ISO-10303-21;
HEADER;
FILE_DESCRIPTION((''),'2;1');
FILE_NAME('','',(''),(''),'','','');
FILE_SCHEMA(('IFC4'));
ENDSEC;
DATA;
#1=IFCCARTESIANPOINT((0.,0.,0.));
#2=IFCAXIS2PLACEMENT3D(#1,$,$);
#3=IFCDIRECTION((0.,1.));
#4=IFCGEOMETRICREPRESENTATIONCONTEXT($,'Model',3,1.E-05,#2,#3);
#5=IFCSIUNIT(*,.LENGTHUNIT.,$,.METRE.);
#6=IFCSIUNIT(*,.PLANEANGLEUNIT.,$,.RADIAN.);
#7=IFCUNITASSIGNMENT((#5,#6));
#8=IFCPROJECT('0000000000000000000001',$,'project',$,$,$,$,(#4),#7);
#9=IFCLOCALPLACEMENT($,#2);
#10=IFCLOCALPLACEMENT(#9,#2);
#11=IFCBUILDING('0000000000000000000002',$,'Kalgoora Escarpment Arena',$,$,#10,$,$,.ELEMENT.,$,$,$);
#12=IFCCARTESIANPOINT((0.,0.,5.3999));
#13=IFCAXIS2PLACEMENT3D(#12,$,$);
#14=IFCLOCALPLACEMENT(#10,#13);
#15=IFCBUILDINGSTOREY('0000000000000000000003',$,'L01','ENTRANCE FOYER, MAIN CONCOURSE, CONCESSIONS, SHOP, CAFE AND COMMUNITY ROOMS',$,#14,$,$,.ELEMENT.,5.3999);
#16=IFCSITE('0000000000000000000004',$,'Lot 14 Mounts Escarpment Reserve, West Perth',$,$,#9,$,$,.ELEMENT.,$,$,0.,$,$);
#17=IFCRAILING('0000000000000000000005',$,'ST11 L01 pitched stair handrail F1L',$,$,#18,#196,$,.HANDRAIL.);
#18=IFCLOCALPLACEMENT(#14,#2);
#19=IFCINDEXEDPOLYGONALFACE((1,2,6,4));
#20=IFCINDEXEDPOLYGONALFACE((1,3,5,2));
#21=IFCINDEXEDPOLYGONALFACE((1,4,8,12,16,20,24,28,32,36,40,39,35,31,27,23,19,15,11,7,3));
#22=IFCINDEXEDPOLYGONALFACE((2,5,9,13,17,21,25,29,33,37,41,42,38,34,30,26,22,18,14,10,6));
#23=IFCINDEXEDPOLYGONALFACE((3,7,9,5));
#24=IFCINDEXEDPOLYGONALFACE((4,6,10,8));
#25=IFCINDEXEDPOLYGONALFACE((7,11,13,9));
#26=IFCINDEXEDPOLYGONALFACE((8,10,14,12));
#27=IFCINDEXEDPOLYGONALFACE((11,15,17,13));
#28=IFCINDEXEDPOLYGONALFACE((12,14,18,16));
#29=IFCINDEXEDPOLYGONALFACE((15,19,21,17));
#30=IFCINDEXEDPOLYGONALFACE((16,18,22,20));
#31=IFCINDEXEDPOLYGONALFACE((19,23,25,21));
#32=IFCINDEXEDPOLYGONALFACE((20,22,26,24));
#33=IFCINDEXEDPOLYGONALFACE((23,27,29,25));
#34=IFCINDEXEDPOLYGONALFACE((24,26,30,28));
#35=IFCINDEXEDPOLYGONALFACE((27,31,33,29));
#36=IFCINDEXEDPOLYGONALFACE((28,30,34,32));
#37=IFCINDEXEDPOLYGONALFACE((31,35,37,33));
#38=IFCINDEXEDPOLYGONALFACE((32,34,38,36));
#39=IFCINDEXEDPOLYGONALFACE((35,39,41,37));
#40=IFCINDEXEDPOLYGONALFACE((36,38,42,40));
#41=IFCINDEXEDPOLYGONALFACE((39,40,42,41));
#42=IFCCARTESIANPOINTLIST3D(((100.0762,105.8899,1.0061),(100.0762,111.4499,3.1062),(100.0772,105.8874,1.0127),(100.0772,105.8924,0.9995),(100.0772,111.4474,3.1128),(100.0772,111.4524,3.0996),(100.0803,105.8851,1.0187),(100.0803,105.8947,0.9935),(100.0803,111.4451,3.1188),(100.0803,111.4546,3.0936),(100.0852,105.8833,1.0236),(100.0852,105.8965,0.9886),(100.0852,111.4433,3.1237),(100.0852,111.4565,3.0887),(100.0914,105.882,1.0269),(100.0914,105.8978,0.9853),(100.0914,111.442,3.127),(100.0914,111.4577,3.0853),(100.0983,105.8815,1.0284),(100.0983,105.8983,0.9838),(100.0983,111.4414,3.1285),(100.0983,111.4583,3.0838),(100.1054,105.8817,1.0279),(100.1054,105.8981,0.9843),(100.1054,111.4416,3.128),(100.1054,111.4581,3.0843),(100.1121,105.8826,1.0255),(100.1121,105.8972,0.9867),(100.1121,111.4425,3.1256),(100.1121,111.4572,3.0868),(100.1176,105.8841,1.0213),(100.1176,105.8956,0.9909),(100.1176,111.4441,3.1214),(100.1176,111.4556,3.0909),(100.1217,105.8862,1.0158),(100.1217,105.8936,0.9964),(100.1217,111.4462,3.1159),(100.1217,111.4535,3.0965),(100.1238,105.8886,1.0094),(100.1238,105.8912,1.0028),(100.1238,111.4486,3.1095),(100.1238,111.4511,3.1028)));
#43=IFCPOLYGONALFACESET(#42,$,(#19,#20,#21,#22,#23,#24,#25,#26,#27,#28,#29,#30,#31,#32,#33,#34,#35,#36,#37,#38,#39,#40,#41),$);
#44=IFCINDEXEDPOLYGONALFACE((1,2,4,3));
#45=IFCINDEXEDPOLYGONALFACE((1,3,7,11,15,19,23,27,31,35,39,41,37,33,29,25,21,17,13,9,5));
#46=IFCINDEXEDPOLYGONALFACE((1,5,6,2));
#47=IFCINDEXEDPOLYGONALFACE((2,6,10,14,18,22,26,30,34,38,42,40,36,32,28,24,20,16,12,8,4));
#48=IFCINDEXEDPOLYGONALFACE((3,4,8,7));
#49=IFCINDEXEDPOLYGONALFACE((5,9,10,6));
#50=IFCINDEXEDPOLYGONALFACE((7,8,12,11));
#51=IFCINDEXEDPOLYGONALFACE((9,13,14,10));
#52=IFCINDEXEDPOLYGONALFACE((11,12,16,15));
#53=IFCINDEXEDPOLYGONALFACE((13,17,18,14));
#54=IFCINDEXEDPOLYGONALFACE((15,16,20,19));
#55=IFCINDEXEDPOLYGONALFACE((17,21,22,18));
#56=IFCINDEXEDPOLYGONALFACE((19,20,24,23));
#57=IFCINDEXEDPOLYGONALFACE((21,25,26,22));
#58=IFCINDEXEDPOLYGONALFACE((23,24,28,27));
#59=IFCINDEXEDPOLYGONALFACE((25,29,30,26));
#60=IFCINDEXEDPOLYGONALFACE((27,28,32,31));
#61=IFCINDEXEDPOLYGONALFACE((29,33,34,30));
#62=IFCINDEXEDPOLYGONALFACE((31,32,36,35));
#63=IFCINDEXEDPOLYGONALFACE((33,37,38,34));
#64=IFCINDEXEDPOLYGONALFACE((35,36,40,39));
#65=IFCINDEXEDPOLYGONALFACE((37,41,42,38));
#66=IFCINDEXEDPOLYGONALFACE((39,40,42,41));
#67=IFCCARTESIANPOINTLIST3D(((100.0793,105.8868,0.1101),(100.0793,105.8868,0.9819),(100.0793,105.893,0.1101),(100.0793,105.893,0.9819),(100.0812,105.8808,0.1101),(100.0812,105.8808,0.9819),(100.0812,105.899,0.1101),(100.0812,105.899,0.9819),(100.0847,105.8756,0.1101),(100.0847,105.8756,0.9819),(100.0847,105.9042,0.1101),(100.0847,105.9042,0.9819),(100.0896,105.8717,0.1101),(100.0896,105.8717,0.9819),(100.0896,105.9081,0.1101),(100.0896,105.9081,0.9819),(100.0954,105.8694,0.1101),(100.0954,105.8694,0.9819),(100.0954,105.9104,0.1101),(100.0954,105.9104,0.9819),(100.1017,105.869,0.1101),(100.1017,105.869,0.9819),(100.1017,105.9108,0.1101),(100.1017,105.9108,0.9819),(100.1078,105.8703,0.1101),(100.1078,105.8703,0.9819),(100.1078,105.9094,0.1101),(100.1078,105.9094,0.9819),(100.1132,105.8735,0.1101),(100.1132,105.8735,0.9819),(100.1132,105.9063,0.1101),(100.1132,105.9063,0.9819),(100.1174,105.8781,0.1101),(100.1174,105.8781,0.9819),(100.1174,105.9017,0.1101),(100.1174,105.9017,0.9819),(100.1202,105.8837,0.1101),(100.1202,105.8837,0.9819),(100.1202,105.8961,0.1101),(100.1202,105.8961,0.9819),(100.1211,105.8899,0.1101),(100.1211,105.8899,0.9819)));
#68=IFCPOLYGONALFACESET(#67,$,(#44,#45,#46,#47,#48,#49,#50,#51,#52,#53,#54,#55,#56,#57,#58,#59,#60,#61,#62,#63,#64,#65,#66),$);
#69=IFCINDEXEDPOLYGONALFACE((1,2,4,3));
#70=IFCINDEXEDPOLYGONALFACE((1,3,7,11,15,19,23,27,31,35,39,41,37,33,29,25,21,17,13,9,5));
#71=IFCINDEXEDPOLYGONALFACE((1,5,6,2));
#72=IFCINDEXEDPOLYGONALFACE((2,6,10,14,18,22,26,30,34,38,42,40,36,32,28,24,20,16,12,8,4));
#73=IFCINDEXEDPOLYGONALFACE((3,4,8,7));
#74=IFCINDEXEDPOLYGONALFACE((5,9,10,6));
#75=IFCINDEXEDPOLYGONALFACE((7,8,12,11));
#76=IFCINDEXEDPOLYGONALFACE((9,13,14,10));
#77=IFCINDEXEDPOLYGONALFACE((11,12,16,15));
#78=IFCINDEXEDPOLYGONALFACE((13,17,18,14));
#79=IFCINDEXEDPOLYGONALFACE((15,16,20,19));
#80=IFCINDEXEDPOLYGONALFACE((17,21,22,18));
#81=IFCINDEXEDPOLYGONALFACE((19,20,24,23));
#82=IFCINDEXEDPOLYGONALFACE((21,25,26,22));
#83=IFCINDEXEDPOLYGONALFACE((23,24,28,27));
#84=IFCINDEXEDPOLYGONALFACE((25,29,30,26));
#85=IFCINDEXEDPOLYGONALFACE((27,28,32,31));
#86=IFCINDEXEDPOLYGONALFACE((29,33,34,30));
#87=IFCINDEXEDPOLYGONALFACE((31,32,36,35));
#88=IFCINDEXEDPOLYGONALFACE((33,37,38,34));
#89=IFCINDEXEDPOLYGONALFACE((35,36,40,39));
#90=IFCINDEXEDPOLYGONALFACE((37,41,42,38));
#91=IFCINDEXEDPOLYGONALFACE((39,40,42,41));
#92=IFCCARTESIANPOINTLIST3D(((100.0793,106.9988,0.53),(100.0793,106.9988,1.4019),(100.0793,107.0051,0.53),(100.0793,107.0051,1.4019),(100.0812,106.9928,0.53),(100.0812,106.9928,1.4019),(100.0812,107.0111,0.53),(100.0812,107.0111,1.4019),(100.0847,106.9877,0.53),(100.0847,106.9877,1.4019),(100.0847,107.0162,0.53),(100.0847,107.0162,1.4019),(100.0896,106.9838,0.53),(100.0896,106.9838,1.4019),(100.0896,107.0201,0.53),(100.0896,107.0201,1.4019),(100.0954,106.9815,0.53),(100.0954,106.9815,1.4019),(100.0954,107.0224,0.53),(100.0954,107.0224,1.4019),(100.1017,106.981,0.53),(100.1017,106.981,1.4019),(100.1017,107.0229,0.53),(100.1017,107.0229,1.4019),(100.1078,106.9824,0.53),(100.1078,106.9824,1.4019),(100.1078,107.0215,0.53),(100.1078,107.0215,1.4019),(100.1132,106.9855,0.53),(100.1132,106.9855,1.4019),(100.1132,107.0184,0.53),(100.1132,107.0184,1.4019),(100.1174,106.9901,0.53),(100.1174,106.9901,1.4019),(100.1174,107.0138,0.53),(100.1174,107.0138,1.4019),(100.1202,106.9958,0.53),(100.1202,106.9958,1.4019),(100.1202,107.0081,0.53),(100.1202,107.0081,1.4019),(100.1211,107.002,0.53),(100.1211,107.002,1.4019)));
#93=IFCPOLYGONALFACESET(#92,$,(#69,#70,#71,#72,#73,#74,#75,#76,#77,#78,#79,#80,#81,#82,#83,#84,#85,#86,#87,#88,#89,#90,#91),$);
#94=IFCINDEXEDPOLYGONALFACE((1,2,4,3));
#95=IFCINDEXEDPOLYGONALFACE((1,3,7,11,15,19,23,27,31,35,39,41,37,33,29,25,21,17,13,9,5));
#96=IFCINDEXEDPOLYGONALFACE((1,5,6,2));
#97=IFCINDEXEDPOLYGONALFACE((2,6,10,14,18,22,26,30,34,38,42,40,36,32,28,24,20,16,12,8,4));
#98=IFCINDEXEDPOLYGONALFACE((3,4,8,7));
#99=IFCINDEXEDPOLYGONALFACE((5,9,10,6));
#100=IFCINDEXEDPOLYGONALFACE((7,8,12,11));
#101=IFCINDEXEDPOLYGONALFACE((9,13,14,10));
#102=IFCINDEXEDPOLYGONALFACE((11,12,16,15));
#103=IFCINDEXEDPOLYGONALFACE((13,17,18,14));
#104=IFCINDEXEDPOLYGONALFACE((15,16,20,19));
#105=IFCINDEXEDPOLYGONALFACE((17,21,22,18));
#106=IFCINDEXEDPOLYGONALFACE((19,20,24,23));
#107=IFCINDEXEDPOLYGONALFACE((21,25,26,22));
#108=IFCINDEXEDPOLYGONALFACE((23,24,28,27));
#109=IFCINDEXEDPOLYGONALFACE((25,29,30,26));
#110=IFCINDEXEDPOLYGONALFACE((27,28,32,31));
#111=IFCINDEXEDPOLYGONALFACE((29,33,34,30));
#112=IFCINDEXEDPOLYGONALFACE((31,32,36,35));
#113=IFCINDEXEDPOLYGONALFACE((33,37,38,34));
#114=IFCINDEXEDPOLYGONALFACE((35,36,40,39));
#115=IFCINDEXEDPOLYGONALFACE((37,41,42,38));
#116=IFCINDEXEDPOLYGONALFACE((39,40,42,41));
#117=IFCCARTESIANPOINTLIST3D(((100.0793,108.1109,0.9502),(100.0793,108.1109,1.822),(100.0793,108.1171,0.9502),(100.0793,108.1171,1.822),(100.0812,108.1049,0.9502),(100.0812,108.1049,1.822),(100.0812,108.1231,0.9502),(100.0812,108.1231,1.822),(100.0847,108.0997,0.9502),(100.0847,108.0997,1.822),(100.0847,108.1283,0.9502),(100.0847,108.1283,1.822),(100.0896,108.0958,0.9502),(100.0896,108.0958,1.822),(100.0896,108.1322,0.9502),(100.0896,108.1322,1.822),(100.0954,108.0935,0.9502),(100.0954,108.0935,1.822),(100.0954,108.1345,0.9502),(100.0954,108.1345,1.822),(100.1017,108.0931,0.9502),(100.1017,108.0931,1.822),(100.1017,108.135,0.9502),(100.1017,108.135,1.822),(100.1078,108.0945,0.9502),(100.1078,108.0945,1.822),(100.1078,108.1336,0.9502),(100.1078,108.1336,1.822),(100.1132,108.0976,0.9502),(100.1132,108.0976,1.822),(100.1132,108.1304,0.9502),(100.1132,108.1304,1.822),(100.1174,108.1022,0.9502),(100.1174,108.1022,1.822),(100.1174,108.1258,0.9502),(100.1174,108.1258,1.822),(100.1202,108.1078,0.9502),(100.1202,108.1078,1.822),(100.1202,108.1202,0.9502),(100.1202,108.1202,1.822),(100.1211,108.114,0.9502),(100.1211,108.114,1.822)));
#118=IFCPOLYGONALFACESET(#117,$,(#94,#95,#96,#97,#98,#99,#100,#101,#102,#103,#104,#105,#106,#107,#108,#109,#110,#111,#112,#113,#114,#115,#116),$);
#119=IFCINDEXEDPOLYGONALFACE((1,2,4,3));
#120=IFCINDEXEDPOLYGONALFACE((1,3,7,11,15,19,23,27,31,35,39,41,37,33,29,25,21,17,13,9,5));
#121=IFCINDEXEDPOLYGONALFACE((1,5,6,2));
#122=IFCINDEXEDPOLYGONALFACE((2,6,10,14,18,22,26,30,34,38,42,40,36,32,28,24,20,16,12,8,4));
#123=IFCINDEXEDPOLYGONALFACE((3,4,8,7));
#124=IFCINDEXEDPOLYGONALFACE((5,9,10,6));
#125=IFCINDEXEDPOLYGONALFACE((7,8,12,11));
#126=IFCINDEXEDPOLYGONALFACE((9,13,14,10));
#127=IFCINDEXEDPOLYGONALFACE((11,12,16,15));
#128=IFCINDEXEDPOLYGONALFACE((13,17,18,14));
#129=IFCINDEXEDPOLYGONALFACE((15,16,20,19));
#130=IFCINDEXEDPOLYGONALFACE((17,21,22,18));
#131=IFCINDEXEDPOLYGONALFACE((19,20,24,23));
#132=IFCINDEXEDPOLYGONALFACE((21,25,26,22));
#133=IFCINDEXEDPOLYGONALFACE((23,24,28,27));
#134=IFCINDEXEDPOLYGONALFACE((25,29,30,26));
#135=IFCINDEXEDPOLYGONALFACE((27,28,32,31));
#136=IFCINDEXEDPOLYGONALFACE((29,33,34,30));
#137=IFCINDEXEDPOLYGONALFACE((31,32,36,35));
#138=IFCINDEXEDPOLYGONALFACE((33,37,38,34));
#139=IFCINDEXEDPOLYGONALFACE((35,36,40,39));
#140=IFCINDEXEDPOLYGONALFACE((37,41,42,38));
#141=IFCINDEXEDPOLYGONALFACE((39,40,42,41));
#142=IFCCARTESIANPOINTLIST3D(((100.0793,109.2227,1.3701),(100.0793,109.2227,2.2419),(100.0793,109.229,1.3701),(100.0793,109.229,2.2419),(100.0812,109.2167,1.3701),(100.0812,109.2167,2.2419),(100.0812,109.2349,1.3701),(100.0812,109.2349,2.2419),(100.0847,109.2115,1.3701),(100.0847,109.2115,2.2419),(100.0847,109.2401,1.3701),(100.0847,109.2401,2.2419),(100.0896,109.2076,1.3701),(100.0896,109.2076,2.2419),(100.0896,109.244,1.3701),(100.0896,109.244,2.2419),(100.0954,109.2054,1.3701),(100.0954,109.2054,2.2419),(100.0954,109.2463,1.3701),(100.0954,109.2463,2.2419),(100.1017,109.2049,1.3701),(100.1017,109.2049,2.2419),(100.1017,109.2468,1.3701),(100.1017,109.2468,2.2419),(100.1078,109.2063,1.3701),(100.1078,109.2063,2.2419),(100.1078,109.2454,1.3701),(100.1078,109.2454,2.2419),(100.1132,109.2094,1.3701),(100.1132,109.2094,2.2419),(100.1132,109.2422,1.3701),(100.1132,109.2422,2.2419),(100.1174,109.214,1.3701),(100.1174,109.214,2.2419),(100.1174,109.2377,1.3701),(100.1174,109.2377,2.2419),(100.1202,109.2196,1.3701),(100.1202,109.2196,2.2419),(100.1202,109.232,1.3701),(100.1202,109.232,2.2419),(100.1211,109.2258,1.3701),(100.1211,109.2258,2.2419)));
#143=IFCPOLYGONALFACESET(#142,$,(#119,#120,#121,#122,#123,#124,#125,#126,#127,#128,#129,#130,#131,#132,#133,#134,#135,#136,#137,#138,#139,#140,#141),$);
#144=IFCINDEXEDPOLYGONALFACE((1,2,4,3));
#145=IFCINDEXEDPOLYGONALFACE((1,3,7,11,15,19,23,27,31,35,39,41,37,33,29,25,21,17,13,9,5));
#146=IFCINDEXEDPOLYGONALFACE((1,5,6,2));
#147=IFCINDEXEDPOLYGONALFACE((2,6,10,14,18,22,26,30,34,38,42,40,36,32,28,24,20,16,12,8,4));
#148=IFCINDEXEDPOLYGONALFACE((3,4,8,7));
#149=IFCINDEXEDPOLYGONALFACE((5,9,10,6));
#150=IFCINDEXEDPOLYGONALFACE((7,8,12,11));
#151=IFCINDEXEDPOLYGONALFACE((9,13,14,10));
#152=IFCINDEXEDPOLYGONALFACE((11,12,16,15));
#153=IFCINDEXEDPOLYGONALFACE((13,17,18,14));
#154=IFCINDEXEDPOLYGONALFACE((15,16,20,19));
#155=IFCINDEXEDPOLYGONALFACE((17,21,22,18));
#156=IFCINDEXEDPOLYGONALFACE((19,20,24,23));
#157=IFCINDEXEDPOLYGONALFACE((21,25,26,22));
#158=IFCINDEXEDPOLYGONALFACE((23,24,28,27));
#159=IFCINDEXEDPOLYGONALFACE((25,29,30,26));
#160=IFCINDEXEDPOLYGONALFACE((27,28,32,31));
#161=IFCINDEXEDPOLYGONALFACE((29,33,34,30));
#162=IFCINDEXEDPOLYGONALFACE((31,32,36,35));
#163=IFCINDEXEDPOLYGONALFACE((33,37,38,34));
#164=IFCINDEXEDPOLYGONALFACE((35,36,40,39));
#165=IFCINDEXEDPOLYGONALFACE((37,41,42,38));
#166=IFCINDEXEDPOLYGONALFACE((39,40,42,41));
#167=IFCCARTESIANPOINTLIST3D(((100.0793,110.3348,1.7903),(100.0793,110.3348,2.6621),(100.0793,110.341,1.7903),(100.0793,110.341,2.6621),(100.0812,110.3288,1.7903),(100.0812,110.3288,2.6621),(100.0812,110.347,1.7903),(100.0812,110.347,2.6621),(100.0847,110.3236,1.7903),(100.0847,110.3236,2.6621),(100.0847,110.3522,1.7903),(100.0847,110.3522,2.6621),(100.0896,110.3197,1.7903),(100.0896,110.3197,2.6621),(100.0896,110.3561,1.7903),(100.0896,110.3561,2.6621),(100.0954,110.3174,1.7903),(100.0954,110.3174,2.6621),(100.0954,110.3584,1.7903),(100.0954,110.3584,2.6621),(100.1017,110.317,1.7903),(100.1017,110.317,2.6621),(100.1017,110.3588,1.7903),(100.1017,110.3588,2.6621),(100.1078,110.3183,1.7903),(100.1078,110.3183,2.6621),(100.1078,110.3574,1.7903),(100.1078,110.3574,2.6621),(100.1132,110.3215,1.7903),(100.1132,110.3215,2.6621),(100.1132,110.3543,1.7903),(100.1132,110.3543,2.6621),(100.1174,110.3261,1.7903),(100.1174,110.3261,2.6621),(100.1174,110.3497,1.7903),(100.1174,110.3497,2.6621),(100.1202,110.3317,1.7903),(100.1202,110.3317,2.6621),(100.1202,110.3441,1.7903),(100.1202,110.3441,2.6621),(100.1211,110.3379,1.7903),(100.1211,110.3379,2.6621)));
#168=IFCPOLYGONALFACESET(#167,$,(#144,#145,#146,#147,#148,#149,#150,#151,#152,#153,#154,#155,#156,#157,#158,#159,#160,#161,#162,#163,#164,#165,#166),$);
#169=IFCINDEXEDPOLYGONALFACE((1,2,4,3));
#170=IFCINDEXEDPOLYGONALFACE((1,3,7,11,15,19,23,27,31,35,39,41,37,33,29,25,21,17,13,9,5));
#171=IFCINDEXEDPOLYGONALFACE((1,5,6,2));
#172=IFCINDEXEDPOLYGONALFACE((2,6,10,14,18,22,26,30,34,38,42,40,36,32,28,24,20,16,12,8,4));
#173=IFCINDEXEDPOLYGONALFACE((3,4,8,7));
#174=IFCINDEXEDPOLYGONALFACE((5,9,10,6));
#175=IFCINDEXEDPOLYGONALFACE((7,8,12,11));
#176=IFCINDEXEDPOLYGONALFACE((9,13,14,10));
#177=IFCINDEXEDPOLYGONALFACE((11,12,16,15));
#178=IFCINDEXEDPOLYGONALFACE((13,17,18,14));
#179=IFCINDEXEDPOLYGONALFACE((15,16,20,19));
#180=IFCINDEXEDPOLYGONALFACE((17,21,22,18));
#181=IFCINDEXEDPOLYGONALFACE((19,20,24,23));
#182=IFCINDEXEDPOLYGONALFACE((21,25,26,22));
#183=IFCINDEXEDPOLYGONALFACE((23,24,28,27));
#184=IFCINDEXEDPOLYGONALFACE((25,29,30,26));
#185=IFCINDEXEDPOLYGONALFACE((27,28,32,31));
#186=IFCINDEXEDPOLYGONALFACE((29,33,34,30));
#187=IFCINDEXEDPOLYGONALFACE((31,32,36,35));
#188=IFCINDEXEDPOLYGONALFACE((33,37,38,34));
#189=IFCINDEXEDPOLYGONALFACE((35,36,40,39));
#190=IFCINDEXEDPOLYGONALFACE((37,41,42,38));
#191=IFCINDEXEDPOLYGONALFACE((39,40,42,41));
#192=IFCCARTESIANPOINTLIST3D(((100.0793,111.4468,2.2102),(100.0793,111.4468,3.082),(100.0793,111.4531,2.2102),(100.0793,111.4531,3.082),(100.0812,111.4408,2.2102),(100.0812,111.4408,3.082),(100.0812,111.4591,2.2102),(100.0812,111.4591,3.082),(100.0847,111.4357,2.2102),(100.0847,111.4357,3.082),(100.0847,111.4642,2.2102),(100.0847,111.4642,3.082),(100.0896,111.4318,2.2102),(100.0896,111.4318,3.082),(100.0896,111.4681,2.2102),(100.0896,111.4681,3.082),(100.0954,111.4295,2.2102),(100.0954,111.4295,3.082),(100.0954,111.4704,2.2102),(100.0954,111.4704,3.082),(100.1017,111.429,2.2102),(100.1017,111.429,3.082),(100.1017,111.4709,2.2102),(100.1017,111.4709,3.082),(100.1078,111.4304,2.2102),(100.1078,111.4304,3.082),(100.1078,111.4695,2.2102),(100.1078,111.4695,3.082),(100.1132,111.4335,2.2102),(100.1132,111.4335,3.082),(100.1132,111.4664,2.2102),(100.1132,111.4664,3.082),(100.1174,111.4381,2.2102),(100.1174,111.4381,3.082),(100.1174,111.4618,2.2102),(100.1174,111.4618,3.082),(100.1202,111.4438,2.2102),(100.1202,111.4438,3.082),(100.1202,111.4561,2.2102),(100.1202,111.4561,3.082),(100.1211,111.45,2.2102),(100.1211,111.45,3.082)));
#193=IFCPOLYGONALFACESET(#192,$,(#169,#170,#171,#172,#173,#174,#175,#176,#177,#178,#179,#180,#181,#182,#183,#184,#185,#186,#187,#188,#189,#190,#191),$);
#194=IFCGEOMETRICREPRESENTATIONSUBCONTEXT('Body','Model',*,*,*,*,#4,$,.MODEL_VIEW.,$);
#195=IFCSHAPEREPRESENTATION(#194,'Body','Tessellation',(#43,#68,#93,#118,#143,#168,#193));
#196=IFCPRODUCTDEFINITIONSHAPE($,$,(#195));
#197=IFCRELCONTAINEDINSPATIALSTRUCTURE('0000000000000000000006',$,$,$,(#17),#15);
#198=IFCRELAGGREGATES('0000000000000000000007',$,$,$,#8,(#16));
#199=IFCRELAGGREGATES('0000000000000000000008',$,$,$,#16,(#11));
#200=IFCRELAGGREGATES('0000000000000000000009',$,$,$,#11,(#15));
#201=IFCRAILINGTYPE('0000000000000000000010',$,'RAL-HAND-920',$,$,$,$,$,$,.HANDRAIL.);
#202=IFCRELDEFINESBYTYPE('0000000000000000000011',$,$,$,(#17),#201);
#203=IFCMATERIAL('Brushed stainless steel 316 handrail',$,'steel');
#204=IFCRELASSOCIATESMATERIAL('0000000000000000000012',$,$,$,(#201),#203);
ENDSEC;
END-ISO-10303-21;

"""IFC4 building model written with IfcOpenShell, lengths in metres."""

from ifc_helpers import new_model, si_unit, direction, frame, origin, origin_2d, place, context, subcontext, project, spatial, circle, extrude, material, type_object, element, save


model = new_model("IFC4")

# Units and contexts
model_context = context("Model", 3, precision=1e-05, world=origin(), true_north=direction((0.0, 1.0)))
body_context = subcontext(model_context, "Body", "Model", "MODEL_VIEW")
ifc_project = project(units=[si_unit("LENGTHUNIT", "METRE"), si_unit("PLANEANGLEUNIT", "RADIAN")], contexts=[model_context])

# Site, building, storey
site_placement = place(None, origin())
site = spatial("IfcSite", under=ifc_project, at=site_placement, Name="Lot 14 Mounts Escarpment Reserve, West Perth", CompositionType="ELEMENT", RefElevation=0.0)
building_placement = place(site_placement, origin())
building = spatial("IfcBuilding", under=site, at=building_placement, Name="Kalgoora Escarpment Arena", CompositionType="ELEMENT")
storey_placement = place(building_placement, frame((0.0, 0.0, 5.3999)))
storey = spatial("IfcBuildingStorey", under=building, at=storey_placement, Name="L01", Description="ENTRANCE FOYER, MAIN CONCOURSE, CONCESSIONS, SHOP, CAFE AND COMMUNITY ROOMS", CompositionType="ELEMENT", Elevation=5.3999)

# Railing
ifc_material_1 = material(Name="Brushed stainless steel 316 handrail", Category="steel")
railing_type_1 = type_object("IfcRailingType", Name="RAL-HAND-920", PredefinedType="HANDRAIL", material=ifc_material_1)
for number, where, name in (
    (1, (100.1001, 105.8899, 0.1101), "ST11 L01 pitched stair handrail F1L"),
):
    element("IfcRailing", number, at=place(storey_placement, frame(where)), inside=storey, type_object=railing_type_1, Name=name, PredefinedType="HANDRAIL", context=body_context, shape_type="SweptSolid", body=[
        extrude(circle(Radius=0.0239, at=origin_2d()), frame((0.0, 0.0, 0.896), z_axis=(0.0, 0.935493, 0.353346), x_axis=(-1.0, 0.0, 0.0)), (0.0, 0.0, 1.0), 5.9434),
        extrude(circle(Radius=0.021, at=origin_2d()), origin(), (0.0, 0.0, 1.0), 0.8718),
        extrude(circle(Radius=0.021, at=origin_2d()), frame((0.0, 1.1121, 0.4199)), (0.0, 0.0, 1.0), 0.8718),
        extrude(circle(Radius=0.021, at=origin_2d()), frame((0.0, 2.2241, 0.8401)), (0.0, 0.0, 1.0), 0.8718),
        extrude(circle(Radius=0.021, at=origin_2d()), frame((0.0, 3.3359, 1.26)), (0.0, 0.0, 1.0), 0.8718),
        extrude(circle(Radius=0.021, at=origin_2d()), frame((0.0, 4.448, 1.6802)), (0.0, 0.0, 1.0), 0.8718),
        extrude(circle(Radius=0.021, at=origin_2d()), frame((0.0, 5.5601, 2.1001)), (0.0, 0.0, 1.0), 0.8718),
    ])

save(model, "model.ifc")
